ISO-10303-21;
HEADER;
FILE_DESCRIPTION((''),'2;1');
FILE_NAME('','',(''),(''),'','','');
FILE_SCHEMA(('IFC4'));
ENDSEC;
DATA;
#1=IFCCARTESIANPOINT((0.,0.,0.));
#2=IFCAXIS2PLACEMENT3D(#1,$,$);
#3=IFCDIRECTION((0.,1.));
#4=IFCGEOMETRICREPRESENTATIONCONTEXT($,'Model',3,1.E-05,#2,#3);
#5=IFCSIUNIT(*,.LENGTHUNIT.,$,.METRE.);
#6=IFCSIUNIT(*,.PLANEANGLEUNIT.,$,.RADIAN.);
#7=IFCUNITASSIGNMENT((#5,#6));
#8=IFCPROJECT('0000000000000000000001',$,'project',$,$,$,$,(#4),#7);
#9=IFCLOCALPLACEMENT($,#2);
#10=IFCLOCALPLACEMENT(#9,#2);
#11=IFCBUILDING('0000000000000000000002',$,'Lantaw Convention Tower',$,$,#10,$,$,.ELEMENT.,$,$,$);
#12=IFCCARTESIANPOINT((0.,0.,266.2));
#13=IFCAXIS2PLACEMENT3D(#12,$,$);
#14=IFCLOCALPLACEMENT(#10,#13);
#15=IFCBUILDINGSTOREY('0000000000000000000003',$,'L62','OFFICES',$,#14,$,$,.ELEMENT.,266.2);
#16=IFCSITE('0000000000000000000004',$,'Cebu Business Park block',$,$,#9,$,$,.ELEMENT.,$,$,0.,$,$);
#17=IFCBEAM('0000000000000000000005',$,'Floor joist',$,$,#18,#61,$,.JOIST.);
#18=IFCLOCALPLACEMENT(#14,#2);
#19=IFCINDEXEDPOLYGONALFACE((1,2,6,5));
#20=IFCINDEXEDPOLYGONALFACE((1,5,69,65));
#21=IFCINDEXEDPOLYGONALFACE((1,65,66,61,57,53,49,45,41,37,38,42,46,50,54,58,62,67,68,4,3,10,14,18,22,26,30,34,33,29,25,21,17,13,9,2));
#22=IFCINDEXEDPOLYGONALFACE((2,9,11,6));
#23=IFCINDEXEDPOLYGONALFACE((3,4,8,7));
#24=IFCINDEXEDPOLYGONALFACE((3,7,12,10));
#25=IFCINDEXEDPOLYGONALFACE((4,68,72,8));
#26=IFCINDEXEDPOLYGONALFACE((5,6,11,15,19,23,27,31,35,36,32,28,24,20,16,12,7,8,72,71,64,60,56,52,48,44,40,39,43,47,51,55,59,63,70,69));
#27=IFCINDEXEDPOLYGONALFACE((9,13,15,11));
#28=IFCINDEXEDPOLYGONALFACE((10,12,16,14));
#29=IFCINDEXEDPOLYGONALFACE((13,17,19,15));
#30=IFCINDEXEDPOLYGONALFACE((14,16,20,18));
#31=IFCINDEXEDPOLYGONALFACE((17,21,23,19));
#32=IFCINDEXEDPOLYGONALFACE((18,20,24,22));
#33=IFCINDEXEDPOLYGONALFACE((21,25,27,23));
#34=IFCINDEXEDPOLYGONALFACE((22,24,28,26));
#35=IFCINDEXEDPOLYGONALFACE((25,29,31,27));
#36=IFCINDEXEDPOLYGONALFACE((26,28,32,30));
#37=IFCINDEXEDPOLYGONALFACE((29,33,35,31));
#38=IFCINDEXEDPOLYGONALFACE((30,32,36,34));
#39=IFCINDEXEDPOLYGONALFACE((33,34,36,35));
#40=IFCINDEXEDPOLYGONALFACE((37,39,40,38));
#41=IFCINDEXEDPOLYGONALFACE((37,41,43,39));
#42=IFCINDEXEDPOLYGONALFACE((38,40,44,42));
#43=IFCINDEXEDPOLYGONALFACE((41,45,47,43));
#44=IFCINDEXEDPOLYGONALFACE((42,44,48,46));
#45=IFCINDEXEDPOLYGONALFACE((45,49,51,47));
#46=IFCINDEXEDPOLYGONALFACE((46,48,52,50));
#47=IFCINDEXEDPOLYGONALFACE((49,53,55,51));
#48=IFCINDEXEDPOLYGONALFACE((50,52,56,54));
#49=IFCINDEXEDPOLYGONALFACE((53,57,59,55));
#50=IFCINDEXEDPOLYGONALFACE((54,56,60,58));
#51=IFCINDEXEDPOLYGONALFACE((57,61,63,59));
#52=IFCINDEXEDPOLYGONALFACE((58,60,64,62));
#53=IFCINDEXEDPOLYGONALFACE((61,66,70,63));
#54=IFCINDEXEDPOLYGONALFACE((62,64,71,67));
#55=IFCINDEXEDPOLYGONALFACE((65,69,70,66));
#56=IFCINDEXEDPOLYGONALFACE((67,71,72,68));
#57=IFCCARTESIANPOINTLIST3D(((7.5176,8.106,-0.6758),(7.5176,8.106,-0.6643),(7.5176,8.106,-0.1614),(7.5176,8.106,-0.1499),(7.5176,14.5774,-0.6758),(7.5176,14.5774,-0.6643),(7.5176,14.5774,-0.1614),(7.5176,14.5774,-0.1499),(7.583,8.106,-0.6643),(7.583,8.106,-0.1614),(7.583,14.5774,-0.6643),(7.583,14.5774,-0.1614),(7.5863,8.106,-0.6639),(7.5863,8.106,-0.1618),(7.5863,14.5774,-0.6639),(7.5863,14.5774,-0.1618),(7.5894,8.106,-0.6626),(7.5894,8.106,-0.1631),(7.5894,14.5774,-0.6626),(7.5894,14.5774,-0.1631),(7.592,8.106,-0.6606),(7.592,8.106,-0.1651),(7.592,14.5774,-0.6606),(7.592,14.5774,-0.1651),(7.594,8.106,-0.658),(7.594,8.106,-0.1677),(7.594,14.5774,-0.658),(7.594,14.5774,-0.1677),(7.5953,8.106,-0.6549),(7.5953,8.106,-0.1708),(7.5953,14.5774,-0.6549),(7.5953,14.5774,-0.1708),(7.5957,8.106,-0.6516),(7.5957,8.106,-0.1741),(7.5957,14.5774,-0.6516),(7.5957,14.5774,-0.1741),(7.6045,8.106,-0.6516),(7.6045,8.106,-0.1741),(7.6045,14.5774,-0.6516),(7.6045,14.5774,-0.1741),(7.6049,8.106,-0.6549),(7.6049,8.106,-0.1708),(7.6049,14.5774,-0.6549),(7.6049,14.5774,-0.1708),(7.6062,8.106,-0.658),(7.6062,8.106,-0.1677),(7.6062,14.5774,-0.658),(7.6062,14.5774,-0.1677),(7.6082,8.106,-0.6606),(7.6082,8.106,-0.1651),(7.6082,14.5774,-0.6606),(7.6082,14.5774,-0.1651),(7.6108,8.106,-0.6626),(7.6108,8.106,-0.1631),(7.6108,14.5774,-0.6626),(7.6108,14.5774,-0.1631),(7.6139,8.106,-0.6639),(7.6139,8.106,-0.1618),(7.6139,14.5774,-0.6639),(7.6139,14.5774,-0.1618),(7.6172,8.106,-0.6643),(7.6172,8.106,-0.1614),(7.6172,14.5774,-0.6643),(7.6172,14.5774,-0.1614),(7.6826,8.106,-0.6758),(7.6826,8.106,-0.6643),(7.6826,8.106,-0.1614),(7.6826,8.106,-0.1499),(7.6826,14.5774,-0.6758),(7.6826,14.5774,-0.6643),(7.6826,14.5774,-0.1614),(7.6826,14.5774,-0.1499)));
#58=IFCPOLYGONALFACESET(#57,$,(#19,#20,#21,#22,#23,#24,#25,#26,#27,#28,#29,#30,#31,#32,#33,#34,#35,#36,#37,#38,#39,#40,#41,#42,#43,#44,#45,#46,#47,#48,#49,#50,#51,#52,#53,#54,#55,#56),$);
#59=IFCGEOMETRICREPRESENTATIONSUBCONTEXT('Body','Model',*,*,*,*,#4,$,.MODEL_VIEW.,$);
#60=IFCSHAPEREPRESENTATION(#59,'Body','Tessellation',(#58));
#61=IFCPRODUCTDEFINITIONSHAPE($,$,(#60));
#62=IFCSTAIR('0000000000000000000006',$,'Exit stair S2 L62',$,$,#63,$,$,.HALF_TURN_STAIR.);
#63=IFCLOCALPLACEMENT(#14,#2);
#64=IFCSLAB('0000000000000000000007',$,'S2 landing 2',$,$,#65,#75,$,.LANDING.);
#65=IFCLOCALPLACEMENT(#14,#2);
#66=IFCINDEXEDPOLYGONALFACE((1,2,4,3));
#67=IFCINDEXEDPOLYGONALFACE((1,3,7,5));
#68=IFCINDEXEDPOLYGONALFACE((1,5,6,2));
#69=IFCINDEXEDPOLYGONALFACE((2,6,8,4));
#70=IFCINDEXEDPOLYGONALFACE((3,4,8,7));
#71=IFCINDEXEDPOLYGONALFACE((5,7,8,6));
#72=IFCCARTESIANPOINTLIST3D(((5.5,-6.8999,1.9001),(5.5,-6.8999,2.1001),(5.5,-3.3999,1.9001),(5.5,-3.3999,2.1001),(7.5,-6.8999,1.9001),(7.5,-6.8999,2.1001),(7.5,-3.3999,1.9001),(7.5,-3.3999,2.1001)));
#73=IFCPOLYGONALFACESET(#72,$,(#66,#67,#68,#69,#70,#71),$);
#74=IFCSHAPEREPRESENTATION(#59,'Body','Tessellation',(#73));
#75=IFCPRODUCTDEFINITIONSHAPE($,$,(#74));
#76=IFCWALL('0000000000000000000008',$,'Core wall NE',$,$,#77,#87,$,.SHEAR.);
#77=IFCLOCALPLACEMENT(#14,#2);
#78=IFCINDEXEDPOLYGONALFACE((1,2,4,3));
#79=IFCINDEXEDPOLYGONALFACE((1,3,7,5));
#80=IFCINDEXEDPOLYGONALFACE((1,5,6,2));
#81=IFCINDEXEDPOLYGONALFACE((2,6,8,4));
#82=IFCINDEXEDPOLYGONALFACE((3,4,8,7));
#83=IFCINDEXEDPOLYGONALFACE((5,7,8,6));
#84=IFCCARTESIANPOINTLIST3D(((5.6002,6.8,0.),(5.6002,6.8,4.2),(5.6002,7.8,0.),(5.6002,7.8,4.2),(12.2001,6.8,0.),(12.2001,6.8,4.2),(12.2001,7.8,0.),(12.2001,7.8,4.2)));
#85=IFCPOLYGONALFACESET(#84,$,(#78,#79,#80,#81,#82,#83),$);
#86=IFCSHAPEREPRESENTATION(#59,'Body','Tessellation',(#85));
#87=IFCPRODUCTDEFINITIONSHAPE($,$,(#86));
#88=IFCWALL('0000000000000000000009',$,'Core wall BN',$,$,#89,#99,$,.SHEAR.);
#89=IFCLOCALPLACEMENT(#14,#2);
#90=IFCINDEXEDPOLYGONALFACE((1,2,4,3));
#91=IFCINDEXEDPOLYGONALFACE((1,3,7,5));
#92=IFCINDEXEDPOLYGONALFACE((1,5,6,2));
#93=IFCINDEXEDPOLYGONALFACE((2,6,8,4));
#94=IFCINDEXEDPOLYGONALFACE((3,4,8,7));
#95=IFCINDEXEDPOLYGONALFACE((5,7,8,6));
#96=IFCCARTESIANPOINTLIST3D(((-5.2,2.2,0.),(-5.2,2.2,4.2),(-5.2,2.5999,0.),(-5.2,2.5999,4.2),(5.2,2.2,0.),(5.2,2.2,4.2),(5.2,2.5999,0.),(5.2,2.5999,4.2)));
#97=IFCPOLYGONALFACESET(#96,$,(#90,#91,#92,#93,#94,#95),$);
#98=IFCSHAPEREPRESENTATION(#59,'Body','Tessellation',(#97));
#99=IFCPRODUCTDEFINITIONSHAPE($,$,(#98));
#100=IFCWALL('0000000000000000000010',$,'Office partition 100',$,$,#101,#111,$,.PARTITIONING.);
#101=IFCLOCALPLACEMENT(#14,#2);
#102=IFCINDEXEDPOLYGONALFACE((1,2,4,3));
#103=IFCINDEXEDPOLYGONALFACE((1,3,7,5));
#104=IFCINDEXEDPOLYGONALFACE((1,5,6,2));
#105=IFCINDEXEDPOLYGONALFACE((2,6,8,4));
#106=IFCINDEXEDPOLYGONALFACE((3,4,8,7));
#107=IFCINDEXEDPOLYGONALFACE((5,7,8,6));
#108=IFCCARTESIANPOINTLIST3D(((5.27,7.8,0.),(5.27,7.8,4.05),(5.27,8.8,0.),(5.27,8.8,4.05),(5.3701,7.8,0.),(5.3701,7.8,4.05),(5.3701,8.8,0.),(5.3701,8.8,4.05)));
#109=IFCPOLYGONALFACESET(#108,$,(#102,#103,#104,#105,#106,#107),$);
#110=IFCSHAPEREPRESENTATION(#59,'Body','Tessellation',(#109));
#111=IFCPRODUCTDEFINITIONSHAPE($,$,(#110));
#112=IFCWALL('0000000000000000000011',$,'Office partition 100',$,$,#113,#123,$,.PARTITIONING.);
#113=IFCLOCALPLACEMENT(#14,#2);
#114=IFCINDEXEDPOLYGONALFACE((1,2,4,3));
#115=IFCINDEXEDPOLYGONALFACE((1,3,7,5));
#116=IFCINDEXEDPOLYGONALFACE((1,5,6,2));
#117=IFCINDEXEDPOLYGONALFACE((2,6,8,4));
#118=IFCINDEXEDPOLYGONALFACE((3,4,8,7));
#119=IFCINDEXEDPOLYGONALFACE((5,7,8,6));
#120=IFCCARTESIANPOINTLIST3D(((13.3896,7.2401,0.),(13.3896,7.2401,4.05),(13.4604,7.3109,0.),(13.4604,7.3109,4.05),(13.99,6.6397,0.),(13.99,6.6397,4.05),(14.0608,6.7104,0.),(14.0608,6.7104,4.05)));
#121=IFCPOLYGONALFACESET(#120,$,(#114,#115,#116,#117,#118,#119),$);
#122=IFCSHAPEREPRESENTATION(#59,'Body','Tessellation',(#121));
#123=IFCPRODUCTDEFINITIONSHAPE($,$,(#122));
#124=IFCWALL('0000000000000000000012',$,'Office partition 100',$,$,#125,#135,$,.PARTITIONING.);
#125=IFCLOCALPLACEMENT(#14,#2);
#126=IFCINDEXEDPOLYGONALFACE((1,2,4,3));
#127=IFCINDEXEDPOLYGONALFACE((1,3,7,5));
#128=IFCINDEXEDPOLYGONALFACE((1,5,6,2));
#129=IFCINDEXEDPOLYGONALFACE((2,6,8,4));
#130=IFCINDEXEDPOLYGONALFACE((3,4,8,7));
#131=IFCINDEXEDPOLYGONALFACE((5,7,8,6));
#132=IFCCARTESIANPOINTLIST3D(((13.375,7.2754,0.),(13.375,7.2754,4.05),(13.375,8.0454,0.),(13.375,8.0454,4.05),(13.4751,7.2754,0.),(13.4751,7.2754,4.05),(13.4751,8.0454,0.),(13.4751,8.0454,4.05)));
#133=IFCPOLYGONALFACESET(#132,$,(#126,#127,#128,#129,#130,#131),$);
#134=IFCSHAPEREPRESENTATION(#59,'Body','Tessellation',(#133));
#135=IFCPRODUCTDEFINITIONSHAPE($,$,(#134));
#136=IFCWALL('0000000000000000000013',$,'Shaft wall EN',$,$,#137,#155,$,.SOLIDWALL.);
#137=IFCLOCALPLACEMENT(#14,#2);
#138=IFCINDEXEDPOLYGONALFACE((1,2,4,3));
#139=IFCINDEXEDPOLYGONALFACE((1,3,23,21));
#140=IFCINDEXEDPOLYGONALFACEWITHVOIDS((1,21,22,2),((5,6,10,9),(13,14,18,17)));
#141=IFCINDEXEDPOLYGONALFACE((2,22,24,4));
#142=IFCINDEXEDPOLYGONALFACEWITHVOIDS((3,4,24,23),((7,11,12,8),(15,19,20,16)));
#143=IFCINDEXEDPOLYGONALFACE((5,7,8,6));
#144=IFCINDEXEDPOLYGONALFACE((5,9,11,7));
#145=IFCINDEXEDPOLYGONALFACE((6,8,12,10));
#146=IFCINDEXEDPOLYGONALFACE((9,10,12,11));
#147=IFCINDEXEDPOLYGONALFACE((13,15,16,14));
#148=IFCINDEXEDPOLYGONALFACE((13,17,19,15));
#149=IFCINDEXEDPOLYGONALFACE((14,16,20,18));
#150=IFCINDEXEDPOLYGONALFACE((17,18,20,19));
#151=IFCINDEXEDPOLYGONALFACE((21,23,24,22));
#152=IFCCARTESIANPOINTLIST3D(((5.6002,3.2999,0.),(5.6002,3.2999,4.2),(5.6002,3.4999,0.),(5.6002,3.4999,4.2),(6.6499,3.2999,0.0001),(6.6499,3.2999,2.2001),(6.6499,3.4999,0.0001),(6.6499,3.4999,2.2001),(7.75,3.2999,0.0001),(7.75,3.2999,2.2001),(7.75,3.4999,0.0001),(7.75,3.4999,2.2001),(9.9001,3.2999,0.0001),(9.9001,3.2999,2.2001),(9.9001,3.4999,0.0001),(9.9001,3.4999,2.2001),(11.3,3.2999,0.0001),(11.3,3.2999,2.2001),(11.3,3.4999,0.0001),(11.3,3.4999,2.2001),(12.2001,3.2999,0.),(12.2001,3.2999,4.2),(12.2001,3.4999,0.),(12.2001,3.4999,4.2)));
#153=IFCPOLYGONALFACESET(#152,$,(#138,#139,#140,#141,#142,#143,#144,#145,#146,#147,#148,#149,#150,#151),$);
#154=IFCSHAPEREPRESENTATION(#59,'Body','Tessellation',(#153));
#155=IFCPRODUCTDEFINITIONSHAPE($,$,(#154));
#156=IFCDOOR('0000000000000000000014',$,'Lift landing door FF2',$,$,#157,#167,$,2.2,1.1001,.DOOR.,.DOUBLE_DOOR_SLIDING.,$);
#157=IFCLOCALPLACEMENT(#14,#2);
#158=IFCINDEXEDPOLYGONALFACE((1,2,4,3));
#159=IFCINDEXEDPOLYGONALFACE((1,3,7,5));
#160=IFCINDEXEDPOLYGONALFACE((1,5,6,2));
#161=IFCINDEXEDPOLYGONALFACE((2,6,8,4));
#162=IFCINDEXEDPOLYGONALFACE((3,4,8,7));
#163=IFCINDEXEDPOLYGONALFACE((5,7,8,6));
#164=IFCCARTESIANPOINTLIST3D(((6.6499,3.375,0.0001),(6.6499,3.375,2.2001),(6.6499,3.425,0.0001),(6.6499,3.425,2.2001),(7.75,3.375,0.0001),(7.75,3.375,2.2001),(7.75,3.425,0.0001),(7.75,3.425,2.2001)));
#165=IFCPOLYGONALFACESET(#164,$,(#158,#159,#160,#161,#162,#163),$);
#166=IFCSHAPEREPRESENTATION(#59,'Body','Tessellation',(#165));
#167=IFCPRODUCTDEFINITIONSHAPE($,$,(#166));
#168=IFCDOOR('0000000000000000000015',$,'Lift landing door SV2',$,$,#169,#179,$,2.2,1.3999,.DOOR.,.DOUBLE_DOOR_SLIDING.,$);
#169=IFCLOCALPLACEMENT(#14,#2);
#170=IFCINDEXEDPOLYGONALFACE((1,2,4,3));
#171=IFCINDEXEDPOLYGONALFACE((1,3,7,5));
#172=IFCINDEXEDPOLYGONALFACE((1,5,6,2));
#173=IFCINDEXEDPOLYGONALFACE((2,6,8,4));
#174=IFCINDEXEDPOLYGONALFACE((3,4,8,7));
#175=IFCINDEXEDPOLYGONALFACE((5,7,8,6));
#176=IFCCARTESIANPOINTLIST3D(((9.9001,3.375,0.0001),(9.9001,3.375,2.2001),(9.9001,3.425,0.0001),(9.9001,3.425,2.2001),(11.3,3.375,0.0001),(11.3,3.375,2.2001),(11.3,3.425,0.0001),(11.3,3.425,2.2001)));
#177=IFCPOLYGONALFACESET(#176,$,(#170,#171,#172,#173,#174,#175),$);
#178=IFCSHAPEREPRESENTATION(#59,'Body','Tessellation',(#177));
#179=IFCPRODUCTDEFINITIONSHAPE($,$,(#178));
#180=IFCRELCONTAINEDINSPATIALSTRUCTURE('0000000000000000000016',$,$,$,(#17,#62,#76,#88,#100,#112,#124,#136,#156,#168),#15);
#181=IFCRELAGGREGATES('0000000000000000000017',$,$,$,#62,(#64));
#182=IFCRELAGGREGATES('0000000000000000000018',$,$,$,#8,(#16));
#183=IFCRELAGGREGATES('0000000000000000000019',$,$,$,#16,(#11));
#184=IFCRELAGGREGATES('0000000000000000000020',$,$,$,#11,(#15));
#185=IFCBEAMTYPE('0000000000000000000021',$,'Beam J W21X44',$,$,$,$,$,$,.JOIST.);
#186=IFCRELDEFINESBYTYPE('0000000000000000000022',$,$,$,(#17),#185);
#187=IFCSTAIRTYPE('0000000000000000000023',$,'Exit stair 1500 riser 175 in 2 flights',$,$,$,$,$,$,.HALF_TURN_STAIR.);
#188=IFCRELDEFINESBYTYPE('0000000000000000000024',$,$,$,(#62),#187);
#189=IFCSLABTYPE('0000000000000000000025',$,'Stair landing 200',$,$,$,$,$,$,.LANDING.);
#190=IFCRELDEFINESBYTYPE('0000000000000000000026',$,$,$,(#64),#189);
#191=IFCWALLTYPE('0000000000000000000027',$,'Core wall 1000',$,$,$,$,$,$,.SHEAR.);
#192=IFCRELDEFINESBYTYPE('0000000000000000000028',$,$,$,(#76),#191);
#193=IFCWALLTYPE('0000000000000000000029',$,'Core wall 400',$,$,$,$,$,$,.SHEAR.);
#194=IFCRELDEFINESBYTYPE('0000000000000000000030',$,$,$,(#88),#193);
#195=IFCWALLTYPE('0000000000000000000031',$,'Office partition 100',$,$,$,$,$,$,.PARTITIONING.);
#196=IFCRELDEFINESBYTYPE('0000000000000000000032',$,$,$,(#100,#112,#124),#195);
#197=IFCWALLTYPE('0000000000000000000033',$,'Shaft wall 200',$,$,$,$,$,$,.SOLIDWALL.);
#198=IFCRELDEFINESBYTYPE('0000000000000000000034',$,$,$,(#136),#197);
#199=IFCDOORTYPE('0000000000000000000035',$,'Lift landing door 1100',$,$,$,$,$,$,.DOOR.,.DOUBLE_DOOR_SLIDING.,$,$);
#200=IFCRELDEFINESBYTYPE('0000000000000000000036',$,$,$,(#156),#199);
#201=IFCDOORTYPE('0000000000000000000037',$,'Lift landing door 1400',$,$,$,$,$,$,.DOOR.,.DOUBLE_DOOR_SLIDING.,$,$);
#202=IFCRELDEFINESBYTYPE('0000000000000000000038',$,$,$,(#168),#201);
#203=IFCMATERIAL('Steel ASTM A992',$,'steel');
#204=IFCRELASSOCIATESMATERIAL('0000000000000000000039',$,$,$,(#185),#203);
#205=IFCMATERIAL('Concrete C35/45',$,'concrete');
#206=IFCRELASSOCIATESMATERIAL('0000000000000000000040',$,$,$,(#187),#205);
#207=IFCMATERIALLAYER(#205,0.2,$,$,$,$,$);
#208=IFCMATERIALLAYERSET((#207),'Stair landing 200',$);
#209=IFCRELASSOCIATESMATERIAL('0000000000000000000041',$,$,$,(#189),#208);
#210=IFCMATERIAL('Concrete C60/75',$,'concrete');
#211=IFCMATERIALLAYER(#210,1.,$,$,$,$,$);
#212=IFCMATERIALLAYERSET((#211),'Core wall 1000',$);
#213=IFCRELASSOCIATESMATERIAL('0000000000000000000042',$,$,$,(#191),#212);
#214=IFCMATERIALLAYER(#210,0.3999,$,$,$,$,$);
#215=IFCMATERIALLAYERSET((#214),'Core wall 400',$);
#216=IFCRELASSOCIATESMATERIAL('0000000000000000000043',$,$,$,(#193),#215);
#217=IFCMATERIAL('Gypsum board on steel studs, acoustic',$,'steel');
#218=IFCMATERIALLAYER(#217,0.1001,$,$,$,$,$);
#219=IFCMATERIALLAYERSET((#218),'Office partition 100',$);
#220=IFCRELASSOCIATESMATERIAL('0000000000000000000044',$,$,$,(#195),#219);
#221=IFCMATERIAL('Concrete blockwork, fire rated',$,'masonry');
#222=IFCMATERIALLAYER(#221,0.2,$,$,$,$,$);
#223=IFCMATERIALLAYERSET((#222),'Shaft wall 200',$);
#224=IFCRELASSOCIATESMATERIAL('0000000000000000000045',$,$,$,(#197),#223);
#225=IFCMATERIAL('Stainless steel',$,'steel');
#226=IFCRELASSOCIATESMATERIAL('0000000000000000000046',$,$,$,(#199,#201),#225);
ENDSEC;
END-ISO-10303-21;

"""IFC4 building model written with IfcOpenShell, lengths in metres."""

from ifc_helpers import new_model, si_unit, direction, frame, frame_2d, origin, origin_2d, place, context, subcontext, project, spatial, polyline, rectangle, i_section, outline, extrude, material, layer, layer_set, material_profile, profile_set, type_object, element, fill, aggregate, save


model = new_model("IFC4")

# Units and contexts
model_context = context("Model", 3, precision=1e-05, world=origin(), true_north=direction((0.0, 1.0)))
body_context = subcontext(model_context, "Body", "Model", "MODEL_VIEW")
ifc_project = project(units=[si_unit("LENGTHUNIT", "METRE"), si_unit("PLANEANGLEUNIT", "RADIAN")], contexts=[model_context])

# Site, building, storey
site_placement = place(None, origin())
site = spatial("IfcSite", under=ifc_project, at=site_placement, Name="Cebu Business Park block", CompositionType="ELEMENT", RefElevation=0.0)
building_placement = place(site_placement, origin())
building = spatial("IfcBuilding", under=site, at=building_placement, Name="Lantaw Convention Tower", CompositionType="ELEMENT")
storey_placement = place(building_placement, frame((0.0, 0.0, 266.2)))
storey = spatial("IfcBuildingStorey", under=building, at=storey_placement, Name="L62", Description="OFFICES", CompositionType="ELEMENT", Elevation=266.2)

# Beam
ifc_material_1 = material(Name="Steel ASTM A992", Category="steel")
ifc_material_profile_1 = material_profile(ifc_material_1, i_section(OverallWidth=0.165, OverallDepth=0.5259, WebThickness=0.0088, FlangeThickness=0.0115, FilletRadius=0.0127, at=origin_2d()), Name="W21X44")
ifc_profile_set_1 = profile_set([ifc_material_profile_1], Name="Steel ASTM A992")
beam_type_1 = type_object("IfcBeamType", Name="Beam J W21X44", PredefinedType="JOIST", material=ifc_profile_set_1)
beam_1_placement = place(storey_placement, frame((7.6001, 8.106, -0.4128), z_axis=(0.0, 1.0, 0.0), x_axis=(-1.0, 0.0, 0.0)))
element("IfcBeam", 1, at=beam_1_placement, inside=storey, type_object=beam_type_1, Name="Floor joist", PredefinedType="JOIST", context=body_context, shape_type="SweptSolid", body=[
    extrude(i_section(OverallWidth=0.165, OverallDepth=0.5259, WebThickness=0.0088, FlangeThickness=0.0115, FilletRadius=0.0127, at=origin_2d()), origin(), (0.0, 0.0, 1.0), 6.4714),
])

# Stair, slab
ifc_material_2 = material(Name="Concrete C35/45", Category="concrete")
stair_type = type_object("IfcStairType", Name="Exit stair 1500 riser 175 in 2 flights", PredefinedType="HALF_TURN_STAIR", material=ifc_material_2)
stair_placement = place(storey_placement, origin())
stair = element("IfcStair", 2, at=stair_placement, inside=storey, type_object=stair_type, Name="Exit stair S2 L62", PredefinedType="HALF_TURN_STAIR")
ifc_layer_1 = layer(ifc_material_2, 0.2)
ifc_layer_set_1 = layer_set([ifc_layer_1], Name="Stair landing 200")
slab_type = type_object("IfcSlabType", Name="Stair landing 200", PredefinedType="LANDING", material=ifc_layer_set_1)
slab_placement = place(storey_placement, frame((0.0, 0.0, 1.9001)))
slab = element("IfcSlab", 3, at=slab_placement, type_object=slab_type, Name="S2 landing 2", PredefinedType="LANDING", context=body_context, shape_type="SweptSolid", body=[
    extrude(outline(polyline([(5.5, -6.8999), (7.5, -6.8999), (7.5, -3.3999), (5.5, -3.3999), (5.5, -6.8999)])), origin(), (0.0, 0.0, 1.0), 0.2),
])
aggregate(stair, [slab])

# Walls
ifc_material_3 = material(Name="Concrete C60/75", Category="concrete")
ifc_layer_2 = layer(ifc_material_3, 1.0)
ifc_layer_set_2 = layer_set([ifc_layer_2], Name="Core wall 1000")
wall_type_1 = type_object("IfcWallType", Name="Core wall 1000", PredefinedType="SHEAR", material=ifc_layer_set_2)
wall_1_placement = place(storey_placement, frame((12.2, 7.3, 0.0), z_axis=(0.0, 0.0, 1.0), x_axis=(-1.0, 0.0, 0.0)))
element("IfcWall", 4, at=wall_1_placement, inside=storey, type_object=wall_type_1, Name="Core wall NE", PredefinedType="SHEAR", context=body_context, shape_type="SweptSolid", body=[
    extrude(rectangle(XDim=6.5999, YDim=1.0, at=frame_2d((3.2998, 0.0))), origin(), (0.0, 0.0, 1.0), 4.2),
])
ifc_layer_3 = layer(ifc_material_3, 0.3999)
ifc_layer_set_3 = layer_set([ifc_layer_3], Name="Core wall 400")
wall_type_2 = type_object("IfcWallType", Name="Core wall 400", PredefinedType="SHEAR", material=ifc_layer_set_3)
wall_2_placement = place(storey_placement, frame((5.2, 2.3999, 0.0), z_axis=(0.0, 0.0, 1.0), x_axis=(-1.0, 0.0, 0.0)))
element("IfcWall", 5, at=wall_2_placement, inside=storey, type_object=wall_type_2, Name="Core wall BN", PredefinedType="SHEAR", context=body_context, shape_type="SweptSolid", body=[
    extrude(rectangle(XDim=10.3999, YDim=0.3999, at=frame_2d((5.2, 0.0))), origin(), (0.0, 0.0, 1.0), 4.2),
])
ifc_material_4 = material(Name="Gypsum board on steel studs, acoustic", Category="steel")
ifc_layer_4 = layer(ifc_material_4, 0.1001)
ifc_layer_set_4 = layer_set([ifc_layer_4], Name="Office partition 100")
wall_type_3 = type_object("IfcWallType", Name="Office partition 100", PredefinedType="PARTITIONING", material=ifc_layer_set_4)
wall_3_placement = place(storey_placement, frame((5.3201, 7.8, 0.0), z_axis=(0.0, 0.0, 1.0), x_axis=(0.0, 1.0, 0.0)))
element("IfcWall", 6, at=wall_3_placement, inside=storey, type_object=wall_type_3, Name="Office partition 100", PredefinedType="PARTITIONING", context=body_context, shape_type="SweptSolid", body=[
    extrude(rectangle(XDim=1.0, YDim=0.1001, at=frame_2d((0.5, 0.0))), origin(), (0.0, 0.0, 1.0), 4.05),
])
wall_4_placement = place(storey_placement, frame((14.0254, 6.675, 0.0), z_axis=(0.0, 0.0, 1.0), x_axis=(-0.707107, 0.707107, 0.0)))
element("IfcWall", 7, at=wall_4_placement, inside=storey, type_object=wall_type_3, Name="Office partition 100", PredefinedType="PARTITIONING", context=body_context, shape_type="SweptSolid", body=[
    extrude(rectangle(XDim=0.8491, YDim=0.1001, at=frame_2d((0.4246, 0.0))), origin(), (0.0, 0.0, 1.0), 4.05),
])
wall_5_placement = place(storey_placement, frame((13.425, 7.2754, 0.0), z_axis=(0.0, 0.0, 1.0), x_axis=(0.0, 1.0, 0.0)))
element("IfcWall", 8, at=wall_5_placement, inside=storey, type_object=wall_type_3, Name="Office partition 100", PredefinedType="PARTITIONING", context=body_context, shape_type="SweptSolid", body=[
    extrude(rectangle(XDim=0.77, YDim=0.1001, at=frame_2d((0.385, 0.0))), origin(), (0.0, 0.0, 1.0), 4.05),
])

# Wall, openings, doors
ifc_material_5 = material(Name="Concrete blockwork, fire rated", Category="masonry")
ifc_layer_5 = layer(ifc_material_5, 0.2)
ifc_layer_set_5 = layer_set([ifc_layer_5], Name="Shaft wall 200")
wall_type_4 = type_object("IfcWallType", Name="Shaft wall 200", PredefinedType="SOLIDWALL", material=ifc_layer_set_5)
wall_6_placement = place(storey_placement, frame((12.2, 3.3999, 0.0), z_axis=(0.0, 0.0, 1.0), x_axis=(-1.0, 0.0, 0.0)))
wall_6 = element("IfcWall", 9, at=wall_6_placement, inside=storey, type_object=wall_type_4, Name="Shaft wall EN", PredefinedType="SOLIDWALL", context=body_context, shape_type="SweptSolid", body=[
    extrude(rectangle(XDim=6.5999, YDim=0.2, at=frame_2d((3.2998, 0.0))), origin(), (0.0, 0.0, 1.0), 4.2),
])
opening_1_placement = place(wall_6_placement, frame((4.45, 0.0, 0.0)))
opening_1 = element("IfcOpeningElement", 10, at=opening_1_placement, cuts=wall_6, PredefinedType="OPENING", context=body_context, shape_type="SweptSolid", body=[
    extrude(rectangle(XDim=1.1001, YDim=2.2, at=frame_2d((0.55, 1.1001))), frame((0.0, 0.1099, 0.0), z_axis=(0.0, -1.0, 0.0), x_axis=(1.0, 0.0, 0.0)), (0.0, 0.0, 1.0), 0.22),
])
opening_2_placement = place(wall_6_placement, frame((0.8999, 0.0, 0.0)))
opening_2 = element("IfcOpeningElement", 11, at=opening_2_placement, cuts=wall_6, PredefinedType="OPENING", context=body_context, shape_type="SweptSolid", body=[
    extrude(rectangle(XDim=1.3999, YDim=2.2, at=frame_2d((0.7, 1.1001))), frame((0.0, 0.1099, 0.0), z_axis=(0.0, -1.0, 0.0), x_axis=(1.0, 0.0, 0.0)), (0.0, 0.0, 1.0), 0.22),
])
ifc_material_6 = material(Name="Stainless steel", Category="steel")
door_type_1 = type_object("IfcDoorType", Name="Lift landing door 1100", OperationType="DOUBLE_DOOR_SLIDING", PredefinedType="DOOR", material=ifc_material_6)
door_1_placement = place(opening_1_placement, origin())
door_1 = element("IfcDoor", 12, at=door_1_placement, inside=storey, type_object=door_type_1, Name="Lift landing door FF2", OperationType="DOUBLE_DOOR_SLIDING", OverallHeight=2.2, OverallWidth=1.1001, PredefinedType="DOOR", context=body_context, shape_type="SweptSolid", body=[
    extrude(rectangle(XDim=1.1001, YDim=2.2, at=frame_2d((0.55, 1.1001))), frame((0.0, 0.0249, 0.0), z_axis=(0.0, -1.0, 0.0), x_axis=(1.0, 0.0, 0.0)), (0.0, 0.0, 1.0), 0.05),
])
fill(opening_1, door_1)
door_type_2 = type_object("IfcDoorType", Name="Lift landing door 1400", OperationType="DOUBLE_DOOR_SLIDING", PredefinedType="DOOR", material=ifc_material_6)
door_2_placement = place(opening_2_placement, origin())
door_2 = element("IfcDoor", 13, at=door_2_placement, inside=storey, type_object=door_type_2, Name="Lift landing door SV2", OperationType="DOUBLE_DOOR_SLIDING", OverallHeight=2.2, OverallWidth=1.3999, PredefinedType="DOOR", context=body_context, shape_type="SweptSolid", body=[
    extrude(rectangle(XDim=1.3999, YDim=2.2, at=frame_2d((0.7, 1.1001))), frame((0.0, 0.0249, 0.0), z_axis=(0.0, -1.0, 0.0), x_axis=(1.0, 0.0, 0.0)), (0.0, 0.0, 1.0), 0.05),
])
fill(opening_2, door_2)

save(model, "model.ifc")
